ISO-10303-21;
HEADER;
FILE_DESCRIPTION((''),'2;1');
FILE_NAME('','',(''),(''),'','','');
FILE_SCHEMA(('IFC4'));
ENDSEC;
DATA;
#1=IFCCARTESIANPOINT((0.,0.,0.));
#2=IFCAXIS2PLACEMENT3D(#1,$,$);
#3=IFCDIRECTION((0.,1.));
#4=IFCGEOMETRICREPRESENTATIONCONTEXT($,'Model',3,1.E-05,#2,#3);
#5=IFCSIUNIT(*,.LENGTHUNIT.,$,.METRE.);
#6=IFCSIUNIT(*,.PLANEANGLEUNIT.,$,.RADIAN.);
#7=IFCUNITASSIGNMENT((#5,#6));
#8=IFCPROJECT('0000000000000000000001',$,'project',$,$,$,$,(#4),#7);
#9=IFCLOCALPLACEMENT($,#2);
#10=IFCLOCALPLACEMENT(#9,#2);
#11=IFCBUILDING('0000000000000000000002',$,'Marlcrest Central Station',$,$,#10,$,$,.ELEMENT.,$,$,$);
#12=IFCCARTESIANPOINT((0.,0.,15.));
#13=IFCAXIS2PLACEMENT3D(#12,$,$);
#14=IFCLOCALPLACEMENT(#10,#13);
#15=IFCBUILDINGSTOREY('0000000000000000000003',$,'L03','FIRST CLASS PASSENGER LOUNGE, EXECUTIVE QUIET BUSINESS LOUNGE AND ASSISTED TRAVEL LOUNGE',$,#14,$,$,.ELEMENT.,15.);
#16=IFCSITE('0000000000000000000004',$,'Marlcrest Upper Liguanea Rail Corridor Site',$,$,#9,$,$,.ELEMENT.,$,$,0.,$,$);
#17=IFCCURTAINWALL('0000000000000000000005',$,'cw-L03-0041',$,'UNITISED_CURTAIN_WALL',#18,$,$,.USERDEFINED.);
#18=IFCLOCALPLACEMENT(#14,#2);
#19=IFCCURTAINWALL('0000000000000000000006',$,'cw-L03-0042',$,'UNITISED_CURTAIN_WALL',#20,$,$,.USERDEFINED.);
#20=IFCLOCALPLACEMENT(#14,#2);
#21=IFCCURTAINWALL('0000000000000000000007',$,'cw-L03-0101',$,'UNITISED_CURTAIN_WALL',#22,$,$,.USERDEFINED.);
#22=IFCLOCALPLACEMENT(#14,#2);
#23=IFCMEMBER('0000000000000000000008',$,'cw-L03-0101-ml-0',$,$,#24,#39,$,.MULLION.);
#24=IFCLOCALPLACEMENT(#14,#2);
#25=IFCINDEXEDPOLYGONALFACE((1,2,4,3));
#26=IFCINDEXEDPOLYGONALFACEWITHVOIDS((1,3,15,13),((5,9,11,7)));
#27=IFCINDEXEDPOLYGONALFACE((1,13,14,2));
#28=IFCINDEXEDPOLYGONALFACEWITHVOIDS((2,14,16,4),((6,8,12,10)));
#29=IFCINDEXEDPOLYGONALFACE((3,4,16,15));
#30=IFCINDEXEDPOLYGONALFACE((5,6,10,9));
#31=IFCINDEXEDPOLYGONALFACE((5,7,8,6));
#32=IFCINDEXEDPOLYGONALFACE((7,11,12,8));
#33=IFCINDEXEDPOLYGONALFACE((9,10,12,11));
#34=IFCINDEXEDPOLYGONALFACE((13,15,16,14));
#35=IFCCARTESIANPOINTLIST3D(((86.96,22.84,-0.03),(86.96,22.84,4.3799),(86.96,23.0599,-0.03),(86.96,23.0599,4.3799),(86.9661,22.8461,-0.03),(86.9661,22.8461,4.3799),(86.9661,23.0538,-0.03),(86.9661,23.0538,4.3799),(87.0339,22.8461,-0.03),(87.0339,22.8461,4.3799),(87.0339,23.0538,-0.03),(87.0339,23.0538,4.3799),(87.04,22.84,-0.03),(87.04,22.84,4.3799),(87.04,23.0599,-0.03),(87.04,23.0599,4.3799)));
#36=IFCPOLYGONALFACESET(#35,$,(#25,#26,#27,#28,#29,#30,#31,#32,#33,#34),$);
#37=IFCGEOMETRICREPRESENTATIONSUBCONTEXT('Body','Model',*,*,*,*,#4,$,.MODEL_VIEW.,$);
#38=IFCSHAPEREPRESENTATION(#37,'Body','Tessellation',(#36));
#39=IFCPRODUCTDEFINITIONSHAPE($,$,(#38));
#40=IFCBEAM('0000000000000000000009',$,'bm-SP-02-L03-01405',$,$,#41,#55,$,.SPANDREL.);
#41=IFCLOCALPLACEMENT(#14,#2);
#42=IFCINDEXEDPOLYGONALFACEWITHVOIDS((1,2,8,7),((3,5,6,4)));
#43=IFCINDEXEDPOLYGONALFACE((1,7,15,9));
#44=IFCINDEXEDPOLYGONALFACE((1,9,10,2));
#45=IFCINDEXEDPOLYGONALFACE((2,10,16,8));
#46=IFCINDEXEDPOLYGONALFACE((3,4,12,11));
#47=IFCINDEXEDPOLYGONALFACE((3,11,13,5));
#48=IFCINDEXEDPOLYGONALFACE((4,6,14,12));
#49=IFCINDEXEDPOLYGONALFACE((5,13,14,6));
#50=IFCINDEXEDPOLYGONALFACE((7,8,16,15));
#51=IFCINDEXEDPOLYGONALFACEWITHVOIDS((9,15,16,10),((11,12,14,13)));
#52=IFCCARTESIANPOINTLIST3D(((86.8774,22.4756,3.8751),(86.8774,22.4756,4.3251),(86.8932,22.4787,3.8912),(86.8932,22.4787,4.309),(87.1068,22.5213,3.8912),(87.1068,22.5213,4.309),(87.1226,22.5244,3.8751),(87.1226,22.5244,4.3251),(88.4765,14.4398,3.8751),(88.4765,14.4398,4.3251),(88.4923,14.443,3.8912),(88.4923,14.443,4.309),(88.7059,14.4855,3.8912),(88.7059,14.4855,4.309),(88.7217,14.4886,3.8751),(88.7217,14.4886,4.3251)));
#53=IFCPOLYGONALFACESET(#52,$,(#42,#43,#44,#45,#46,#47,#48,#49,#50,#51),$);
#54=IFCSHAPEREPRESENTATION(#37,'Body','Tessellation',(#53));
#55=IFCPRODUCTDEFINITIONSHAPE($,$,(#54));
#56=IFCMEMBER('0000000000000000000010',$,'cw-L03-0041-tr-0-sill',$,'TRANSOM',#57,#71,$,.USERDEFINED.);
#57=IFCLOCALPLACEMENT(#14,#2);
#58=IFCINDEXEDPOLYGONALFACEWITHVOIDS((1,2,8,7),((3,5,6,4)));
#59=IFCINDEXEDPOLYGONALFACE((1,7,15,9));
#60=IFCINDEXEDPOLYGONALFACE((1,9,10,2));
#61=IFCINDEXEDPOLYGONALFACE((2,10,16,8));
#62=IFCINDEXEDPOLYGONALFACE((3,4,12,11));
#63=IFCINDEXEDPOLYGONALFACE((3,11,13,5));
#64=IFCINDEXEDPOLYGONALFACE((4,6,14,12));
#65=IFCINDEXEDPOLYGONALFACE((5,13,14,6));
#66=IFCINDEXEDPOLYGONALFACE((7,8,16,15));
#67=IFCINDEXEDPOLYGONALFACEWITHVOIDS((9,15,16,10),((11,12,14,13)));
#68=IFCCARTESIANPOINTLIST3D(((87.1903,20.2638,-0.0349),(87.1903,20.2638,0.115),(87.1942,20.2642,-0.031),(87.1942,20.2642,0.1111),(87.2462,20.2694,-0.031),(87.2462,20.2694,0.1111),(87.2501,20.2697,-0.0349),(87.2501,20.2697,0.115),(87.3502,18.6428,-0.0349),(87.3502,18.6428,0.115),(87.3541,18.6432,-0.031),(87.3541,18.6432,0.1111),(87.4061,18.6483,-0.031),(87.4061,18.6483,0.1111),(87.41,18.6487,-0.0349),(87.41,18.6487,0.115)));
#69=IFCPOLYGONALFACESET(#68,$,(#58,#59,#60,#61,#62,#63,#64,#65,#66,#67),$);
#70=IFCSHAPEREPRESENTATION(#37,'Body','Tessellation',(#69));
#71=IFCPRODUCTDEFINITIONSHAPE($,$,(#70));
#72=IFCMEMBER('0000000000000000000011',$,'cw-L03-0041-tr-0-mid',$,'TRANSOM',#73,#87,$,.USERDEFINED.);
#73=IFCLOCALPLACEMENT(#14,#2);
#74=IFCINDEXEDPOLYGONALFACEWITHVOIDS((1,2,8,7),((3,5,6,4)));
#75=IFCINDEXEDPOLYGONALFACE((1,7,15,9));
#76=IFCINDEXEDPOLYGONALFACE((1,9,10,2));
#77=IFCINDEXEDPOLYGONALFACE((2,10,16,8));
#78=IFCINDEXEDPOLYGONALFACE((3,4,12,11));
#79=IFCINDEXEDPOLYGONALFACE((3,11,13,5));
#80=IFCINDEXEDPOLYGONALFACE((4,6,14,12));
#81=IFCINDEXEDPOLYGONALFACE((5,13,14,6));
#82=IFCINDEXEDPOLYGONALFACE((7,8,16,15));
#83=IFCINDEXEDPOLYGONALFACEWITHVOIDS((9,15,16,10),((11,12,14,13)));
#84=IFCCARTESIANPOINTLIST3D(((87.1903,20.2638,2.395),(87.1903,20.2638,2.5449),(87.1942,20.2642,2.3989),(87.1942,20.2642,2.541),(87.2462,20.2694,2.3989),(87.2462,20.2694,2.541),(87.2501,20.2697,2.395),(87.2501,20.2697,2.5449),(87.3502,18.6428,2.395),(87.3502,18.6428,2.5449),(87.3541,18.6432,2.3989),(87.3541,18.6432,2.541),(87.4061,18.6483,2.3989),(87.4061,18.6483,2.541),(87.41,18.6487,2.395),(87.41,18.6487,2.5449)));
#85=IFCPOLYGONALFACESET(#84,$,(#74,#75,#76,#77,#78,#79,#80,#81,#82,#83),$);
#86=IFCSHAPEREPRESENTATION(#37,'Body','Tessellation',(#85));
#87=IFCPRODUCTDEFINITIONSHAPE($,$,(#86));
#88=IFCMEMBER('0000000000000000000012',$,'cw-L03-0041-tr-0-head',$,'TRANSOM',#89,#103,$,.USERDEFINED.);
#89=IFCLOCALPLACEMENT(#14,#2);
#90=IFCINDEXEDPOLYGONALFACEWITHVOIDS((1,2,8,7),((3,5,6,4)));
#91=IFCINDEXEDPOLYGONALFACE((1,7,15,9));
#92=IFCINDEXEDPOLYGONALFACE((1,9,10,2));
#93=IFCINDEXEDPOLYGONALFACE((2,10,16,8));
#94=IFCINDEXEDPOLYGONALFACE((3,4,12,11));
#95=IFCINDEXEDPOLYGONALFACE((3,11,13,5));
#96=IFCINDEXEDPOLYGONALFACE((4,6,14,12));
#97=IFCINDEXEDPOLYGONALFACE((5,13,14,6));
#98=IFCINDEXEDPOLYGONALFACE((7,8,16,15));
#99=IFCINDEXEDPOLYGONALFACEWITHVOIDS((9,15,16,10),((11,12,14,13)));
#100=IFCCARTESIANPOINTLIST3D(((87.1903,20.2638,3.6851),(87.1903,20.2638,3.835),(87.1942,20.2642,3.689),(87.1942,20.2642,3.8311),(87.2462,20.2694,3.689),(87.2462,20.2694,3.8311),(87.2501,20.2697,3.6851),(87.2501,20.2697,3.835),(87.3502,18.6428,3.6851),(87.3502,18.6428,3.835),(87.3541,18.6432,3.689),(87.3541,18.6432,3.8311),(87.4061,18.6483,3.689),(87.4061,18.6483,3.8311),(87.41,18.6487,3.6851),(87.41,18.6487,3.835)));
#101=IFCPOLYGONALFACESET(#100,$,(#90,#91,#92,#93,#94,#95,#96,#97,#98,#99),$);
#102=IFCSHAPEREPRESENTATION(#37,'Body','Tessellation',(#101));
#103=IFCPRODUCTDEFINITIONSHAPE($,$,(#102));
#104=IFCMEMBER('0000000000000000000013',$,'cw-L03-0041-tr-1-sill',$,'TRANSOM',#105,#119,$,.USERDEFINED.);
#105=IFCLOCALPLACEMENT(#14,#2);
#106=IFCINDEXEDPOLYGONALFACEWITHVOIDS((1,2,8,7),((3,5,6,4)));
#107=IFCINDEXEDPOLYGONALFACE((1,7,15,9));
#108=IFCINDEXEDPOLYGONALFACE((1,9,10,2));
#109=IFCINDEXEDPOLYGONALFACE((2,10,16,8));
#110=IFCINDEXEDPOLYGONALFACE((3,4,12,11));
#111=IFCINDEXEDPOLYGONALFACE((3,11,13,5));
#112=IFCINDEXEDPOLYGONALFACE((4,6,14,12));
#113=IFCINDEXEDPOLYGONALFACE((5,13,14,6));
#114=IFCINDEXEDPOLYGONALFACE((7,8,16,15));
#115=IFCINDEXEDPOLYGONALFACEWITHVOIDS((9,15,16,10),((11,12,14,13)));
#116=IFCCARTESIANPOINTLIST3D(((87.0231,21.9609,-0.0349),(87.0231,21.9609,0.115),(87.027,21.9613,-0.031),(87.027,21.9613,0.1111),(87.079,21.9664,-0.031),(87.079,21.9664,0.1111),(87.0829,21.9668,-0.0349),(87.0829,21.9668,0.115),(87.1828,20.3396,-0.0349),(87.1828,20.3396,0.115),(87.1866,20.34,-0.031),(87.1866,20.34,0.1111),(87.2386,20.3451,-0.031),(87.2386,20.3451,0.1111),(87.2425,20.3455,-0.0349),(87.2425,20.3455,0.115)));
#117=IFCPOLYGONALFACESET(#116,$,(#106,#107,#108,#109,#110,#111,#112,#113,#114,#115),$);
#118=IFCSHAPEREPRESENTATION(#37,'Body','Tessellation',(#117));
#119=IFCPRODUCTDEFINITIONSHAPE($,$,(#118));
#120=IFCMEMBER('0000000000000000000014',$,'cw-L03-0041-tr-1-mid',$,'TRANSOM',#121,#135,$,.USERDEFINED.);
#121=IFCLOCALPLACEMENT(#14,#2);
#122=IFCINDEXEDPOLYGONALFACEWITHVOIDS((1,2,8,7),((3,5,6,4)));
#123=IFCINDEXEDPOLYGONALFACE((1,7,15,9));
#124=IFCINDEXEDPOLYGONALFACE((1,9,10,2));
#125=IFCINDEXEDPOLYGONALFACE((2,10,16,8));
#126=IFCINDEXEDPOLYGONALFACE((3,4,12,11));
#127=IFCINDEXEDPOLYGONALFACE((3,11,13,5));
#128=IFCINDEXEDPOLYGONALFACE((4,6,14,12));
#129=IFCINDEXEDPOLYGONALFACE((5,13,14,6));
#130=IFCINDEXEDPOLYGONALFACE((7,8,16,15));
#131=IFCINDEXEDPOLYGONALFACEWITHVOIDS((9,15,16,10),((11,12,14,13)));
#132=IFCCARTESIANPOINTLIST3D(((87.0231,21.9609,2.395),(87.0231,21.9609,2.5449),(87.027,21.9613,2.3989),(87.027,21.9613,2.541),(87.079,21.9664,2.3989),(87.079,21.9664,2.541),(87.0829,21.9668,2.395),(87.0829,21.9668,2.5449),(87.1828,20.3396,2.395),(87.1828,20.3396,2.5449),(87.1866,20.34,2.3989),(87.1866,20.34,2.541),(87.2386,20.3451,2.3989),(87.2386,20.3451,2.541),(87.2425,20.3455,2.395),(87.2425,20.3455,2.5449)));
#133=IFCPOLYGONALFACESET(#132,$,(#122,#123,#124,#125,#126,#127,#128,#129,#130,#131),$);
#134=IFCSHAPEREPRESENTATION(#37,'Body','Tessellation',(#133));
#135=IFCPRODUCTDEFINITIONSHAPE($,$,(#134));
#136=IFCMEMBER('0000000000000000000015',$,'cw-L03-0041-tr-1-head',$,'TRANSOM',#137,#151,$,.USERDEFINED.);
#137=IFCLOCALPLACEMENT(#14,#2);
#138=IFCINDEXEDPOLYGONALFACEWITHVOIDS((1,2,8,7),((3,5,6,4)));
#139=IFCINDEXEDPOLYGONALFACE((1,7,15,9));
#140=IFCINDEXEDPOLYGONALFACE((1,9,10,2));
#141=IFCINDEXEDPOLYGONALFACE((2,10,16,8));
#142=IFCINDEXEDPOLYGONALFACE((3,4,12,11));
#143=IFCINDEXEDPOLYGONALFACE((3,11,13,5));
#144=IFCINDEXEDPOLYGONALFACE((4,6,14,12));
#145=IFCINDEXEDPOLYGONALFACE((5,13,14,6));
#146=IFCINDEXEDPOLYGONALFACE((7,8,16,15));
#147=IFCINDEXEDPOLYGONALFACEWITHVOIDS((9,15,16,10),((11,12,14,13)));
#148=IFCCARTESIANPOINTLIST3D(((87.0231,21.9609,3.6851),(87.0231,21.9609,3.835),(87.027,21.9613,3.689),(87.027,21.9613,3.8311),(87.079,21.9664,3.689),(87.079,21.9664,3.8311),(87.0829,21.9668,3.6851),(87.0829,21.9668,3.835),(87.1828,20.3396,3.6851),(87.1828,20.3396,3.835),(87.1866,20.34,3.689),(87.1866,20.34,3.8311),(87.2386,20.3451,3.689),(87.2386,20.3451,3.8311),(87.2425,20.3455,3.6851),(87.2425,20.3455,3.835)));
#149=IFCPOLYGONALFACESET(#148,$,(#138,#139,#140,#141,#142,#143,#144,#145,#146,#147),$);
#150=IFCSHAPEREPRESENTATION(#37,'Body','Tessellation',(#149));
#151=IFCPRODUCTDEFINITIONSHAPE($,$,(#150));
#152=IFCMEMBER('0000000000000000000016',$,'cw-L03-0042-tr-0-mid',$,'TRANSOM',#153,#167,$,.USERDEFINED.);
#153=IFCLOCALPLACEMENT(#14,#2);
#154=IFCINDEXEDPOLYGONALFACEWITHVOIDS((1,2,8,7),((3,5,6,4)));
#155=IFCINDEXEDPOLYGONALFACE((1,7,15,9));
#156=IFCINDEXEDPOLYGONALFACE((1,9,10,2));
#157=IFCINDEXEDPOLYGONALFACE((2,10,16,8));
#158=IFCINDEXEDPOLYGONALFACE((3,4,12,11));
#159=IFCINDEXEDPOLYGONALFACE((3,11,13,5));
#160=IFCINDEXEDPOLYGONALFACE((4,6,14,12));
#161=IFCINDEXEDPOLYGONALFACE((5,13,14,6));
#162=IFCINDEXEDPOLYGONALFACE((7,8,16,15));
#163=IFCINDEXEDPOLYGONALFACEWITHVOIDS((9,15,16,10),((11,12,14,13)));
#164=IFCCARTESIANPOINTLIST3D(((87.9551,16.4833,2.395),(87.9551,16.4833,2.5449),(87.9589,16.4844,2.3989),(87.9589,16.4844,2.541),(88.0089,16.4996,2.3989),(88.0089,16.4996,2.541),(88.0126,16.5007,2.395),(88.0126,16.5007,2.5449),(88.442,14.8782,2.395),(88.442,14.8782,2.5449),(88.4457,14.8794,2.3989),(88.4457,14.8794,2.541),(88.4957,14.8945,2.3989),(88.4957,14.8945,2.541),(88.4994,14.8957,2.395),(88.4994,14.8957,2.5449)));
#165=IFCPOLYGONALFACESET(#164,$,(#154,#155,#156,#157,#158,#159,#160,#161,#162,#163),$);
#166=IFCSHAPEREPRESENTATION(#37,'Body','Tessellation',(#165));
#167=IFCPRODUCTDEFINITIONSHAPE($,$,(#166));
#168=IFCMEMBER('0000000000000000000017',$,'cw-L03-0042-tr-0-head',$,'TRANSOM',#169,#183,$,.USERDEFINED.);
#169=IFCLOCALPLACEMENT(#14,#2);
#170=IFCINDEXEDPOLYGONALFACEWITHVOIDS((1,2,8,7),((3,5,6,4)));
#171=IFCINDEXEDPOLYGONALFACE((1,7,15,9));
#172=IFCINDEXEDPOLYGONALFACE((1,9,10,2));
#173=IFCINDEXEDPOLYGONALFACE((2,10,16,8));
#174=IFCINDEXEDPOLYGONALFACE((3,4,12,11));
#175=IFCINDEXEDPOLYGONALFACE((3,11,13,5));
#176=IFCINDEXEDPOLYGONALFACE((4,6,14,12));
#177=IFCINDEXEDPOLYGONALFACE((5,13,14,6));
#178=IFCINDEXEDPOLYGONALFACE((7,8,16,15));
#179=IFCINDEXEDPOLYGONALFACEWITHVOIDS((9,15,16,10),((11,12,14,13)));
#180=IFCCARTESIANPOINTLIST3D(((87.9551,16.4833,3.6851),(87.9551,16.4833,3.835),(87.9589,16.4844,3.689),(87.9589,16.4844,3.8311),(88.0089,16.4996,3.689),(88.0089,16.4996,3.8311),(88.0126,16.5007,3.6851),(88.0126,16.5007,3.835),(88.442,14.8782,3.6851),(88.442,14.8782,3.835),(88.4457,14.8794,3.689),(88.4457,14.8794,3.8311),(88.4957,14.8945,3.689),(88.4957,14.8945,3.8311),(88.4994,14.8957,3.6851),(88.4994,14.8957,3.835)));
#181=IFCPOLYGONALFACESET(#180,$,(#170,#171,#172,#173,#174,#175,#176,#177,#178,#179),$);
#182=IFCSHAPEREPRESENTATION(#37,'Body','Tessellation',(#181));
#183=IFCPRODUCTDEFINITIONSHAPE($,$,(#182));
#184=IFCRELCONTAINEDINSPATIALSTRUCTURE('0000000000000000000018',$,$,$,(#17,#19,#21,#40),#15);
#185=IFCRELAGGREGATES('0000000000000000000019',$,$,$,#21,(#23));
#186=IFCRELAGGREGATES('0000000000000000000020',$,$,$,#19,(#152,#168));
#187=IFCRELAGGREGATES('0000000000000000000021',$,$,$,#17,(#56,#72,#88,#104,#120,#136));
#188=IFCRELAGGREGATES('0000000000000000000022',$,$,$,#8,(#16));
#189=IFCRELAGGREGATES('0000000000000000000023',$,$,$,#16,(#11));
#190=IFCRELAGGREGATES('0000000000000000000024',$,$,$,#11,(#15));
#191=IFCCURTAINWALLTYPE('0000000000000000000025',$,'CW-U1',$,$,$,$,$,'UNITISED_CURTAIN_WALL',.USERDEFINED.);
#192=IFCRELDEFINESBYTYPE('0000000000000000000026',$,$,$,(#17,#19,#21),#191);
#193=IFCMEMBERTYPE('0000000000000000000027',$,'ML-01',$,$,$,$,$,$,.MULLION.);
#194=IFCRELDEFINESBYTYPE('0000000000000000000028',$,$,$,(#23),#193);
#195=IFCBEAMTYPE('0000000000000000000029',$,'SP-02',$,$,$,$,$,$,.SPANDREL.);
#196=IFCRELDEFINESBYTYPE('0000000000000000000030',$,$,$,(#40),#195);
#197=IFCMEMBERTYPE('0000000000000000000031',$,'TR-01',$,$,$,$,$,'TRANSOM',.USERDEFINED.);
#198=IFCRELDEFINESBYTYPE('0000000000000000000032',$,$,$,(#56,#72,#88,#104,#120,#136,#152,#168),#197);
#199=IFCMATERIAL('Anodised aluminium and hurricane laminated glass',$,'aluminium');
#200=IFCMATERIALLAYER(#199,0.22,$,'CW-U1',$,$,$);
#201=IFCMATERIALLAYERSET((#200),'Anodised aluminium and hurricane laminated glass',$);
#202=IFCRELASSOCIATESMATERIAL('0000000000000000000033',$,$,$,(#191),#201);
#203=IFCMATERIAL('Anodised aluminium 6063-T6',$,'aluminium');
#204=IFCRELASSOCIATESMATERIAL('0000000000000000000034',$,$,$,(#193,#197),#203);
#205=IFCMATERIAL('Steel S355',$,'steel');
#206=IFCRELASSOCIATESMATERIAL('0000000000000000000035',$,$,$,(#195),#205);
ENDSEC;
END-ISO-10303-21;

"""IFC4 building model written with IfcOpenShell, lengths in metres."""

from ifc_helpers import new_model, si_unit, direction, frame, origin, origin_2d, place, context, subcontext, project, spatial, hollow_rectangle, extrude, material, layer, layer_set, material_profile, profile_set, type_object, element, aggregate, save


model = new_model("IFC4")

# Units and contexts
model_context = context("Model", 3, precision=1e-05, world=origin(), true_north=direction((0.0, 1.0)))
body_context = subcontext(model_context, "Body", "Model", "MODEL_VIEW")
ifc_project = project(units=[si_unit("LENGTHUNIT", "METRE"), si_unit("PLANEANGLEUNIT", "RADIAN")], contexts=[model_context])

# Site, building, storey
site_placement = place(None, origin())
site = spatial("IfcSite", under=ifc_project, at=site_placement, Name="Marlcrest Upper Liguanea Rail Corridor Site", CompositionType="ELEMENT", RefElevation=0.0)
building_placement = place(site_placement, origin())
building = spatial("IfcBuilding", under=site, at=building_placement, Name="Marlcrest Central Station", CompositionType="ELEMENT")
storey_placement = place(building_placement, frame((0.0, 0.0, 15.0)))
storey = spatial("IfcBuildingStorey", under=building, at=storey_placement, Name="L03", Description="FIRST CLASS PASSENGER LOUNGE, EXECUTIVE QUIET BUSINESS LOUNGE AND ASSISTED TRAVEL LOUNGE", CompositionType="ELEMENT", Elevation=15.0)

# Shared definitions
ifc_material_1 = material(Name="Steel S355", Category="steel")

# Curtain walls
ifc_material_2 = material(Name="Anodised aluminium and hurricane laminated glass", Category="aluminium")
ifc_layer_1 = layer(ifc_material_2, 0.22, Name="CW-U1")
ifc_layer_set_1 = layer_set([ifc_layer_1], Name="Anodised aluminium and hurricane laminated glass")
curtain_wall_type = type_object("IfcCurtainWallType", Name="CW-U1", ElementType="UNITISED_CURTAIN_WALL", PredefinedType="USERDEFINED", material=ifc_layer_set_1)
curtain_wall_1_placement = place(storey_placement, origin())
curtain_wall_1 = element("IfcCurtainWall", 1, at=curtain_wall_1_placement, inside=storey, type_object=curtain_wall_type, Name="cw-L03-0041", ObjectType="UNITISED_CURTAIN_WALL", PredefinedType="USERDEFINED")
ifc_material_3 = material(Name="Anodised aluminium 6063-T6", Category="aluminium")
ifc_material_profile_1 = material_profile(ifc_material_3, hollow_rectangle(XDim=0.0801, YDim=0.22, WallThickness=0.0061, at=origin_2d()), Name="AA-RHS 220x80x6")
ifc_profile_set_1 = profile_set([ifc_material_profile_1], Name="Anodised aluminium 6063-T6")
member_type_1 = type_object("IfcMemberType", Name="ML-01", PredefinedType="MULLION", material=ifc_profile_set_1)
curtain_wall_2_placement = place(storey_placement, origin())
curtain_wall_2 = element("IfcCurtainWall", 2, at=curtain_wall_2_placement, inside=storey, type_object=curtain_wall_type, Name="cw-L03-0042", ObjectType="UNITISED_CURTAIN_WALL", PredefinedType="USERDEFINED")

# Curtain wall, member
curtain_wall_3_placement = place(storey_placement, origin())
curtain_wall_3 = element("IfcCurtainWall", 3, at=curtain_wall_3_placement, inside=storey, type_object=curtain_wall_type, Name="cw-L03-0101", ObjectType="UNITISED_CURTAIN_WALL", PredefinedType="USERDEFINED")
member_1_placement = place(storey_placement, frame((87.0, 22.95, -0.03), z_axis=(0.0, 0.0, 1.0), x_axis=(1.0, 0.0, 0.0)))
member_1 = element("IfcMember", 4, at=member_1_placement, type_object=member_type_1, Name="cw-L03-0101-ml-0", PredefinedType="MULLION", context=body_context, shape_type="SweptSolid", body=[
    extrude(hollow_rectangle(XDim=0.0801, YDim=0.22, WallThickness=0.0061, at=origin_2d()), origin(), (0.0, 0.0, 1.0), 4.4099),
])

# Beam
ifc_material_profile_2 = material_profile(ifc_material_1, hollow_rectangle(XDim=0.25, YDim=0.45, WallThickness=0.0161, at=origin_2d()), Name="RHS 450x250x16")
ifc_profile_set_2 = profile_set([ifc_material_profile_2], Name="Steel S355")
beam_type_1 = type_object("IfcBeamType", Name="SP-02", PredefinedType="SPANDREL", material=ifc_profile_set_2)
beam_1_placement = place(storey_placement, frame((87.0, 22.5, 4.1001), z_axis=(0.195171, -0.980769, 0.0), x_axis=(0.980769, 0.195171, 0.0)))
element("IfcBeam", 5, at=beam_1_placement, inside=storey, type_object=beam_type_1, Name="bm-SP-02-L03-01405", PredefinedType="SPANDREL", context=body_context, shape_type="SweptSolid", body=[
    extrude(hollow_rectangle(XDim=0.25, YDim=0.45, WallThickness=0.0161, at=origin_2d()), origin(), (0.0, 0.0, 1.0), 8.1934),
])

# Members
ifc_material_profile_3 = material_profile(ifc_material_3, hollow_rectangle(XDim=0.0601, YDim=0.1499, WallThickness=0.0039, at=origin_2d()), Name="AA-RHS 150x60x4")
ifc_profile_set_3 = profile_set([ifc_material_profile_3], Name="Anodised aluminium 6063-T6")
member_type_2 = type_object("IfcMemberType", Name="TR-01", ElementType="TRANSOM", PredefinedType="USERDEFINED", material=ifc_profile_set_3)
member_2_placement = place(storey_placement, frame((87.3801, 18.6458, 0.04), z_axis=(-0.098168, 0.99517, 0.0), x_axis=(-0.99517, -0.098168, 0.0)))
member_2 = element("IfcMember", 6, at=member_2_placement, type_object=member_type_2, Name="cw-L03-0041-tr-0-sill", ObjectType="TRANSOM", PredefinedType="USERDEFINED", context=body_context, shape_type="SweptSolid", body=[
    extrude(hollow_rectangle(XDim=0.0601, YDim=0.1499, WallThickness=0.0039, at=origin_2d()), origin(), (0.0, 0.0, 1.0), 1.6289),
])
member_3_placement = place(storey_placement, frame((87.3801, 18.6458, 2.47), z_axis=(-0.098168, 0.99517, 0.0), x_axis=(-0.99517, -0.098168, 0.0)))
member_3 = element("IfcMember", 7, at=member_3_placement, type_object=member_type_2, Name="cw-L03-0041-tr-0-mid", ObjectType="TRANSOM", PredefinedType="USERDEFINED", context=body_context, shape_type="SweptSolid", body=[
    extrude(hollow_rectangle(XDim=0.0601, YDim=0.1499, WallThickness=0.0039, at=origin_2d()), origin(), (0.0, 0.0, 1.0), 1.6289),
])
member_4_placement = place(storey_placement, frame((87.3801, 18.6458, 3.76), z_axis=(-0.098168, 0.99517, 0.0), x_axis=(-0.99517, -0.098168, 0.0)))
member_4 = element("IfcMember", 8, at=member_4_placement, type_object=member_type_2, Name="cw-L03-0041-tr-0-head", ObjectType="TRANSOM", PredefinedType="USERDEFINED", context=body_context, shape_type="SweptSolid", body=[
    extrude(hollow_rectangle(XDim=0.0601, YDim=0.1499, WallThickness=0.0039, at=origin_2d()), origin(), (0.0, 0.0, 1.0), 1.6289),
])
member_5_placement = place(storey_placement, frame((87.2126, 20.3425, 0.04), z_axis=(-0.098005, 0.995186, 0.0), x_axis=(-0.995186, -0.098005, 0.0)))
member_5 = element("IfcMember", 9, at=member_5_placement, type_object=member_type_2, Name="cw-L03-0041-tr-1-sill", ObjectType="TRANSOM", PredefinedType="USERDEFINED", context=body_context, shape_type="SweptSolid", body=[
    extrude(hollow_rectangle(XDim=0.0601, YDim=0.1499, WallThickness=0.0039, at=origin_2d()), origin(), (0.0, 0.0, 1.0), 1.6292),
])
member_6_placement = place(storey_placement, frame((87.2126, 20.3425, 2.47), z_axis=(-0.098005, 0.995186, 0.0), x_axis=(-0.995186, -0.098005, 0.0)))
member_6 = element("IfcMember", 10, at=member_6_placement, type_object=member_type_2, Name="cw-L03-0041-tr-1-mid", ObjectType="TRANSOM", PredefinedType="USERDEFINED", context=body_context, shape_type="SweptSolid", body=[
    extrude(hollow_rectangle(XDim=0.0601, YDim=0.1499, WallThickness=0.0039, at=origin_2d()), origin(), (0.0, 0.0, 1.0), 1.6292),
])
member_7_placement = place(storey_placement, frame((87.2126, 20.3425, 3.76), z_axis=(-0.098005, 0.995186, 0.0), x_axis=(-0.995186, -0.098005, 0.0)))
member_7 = element("IfcMember", 11, at=member_7_placement, type_object=member_type_2, Name="cw-L03-0041-tr-1-head", ObjectType="TRANSOM", PredefinedType="USERDEFINED", context=body_context, shape_type="SweptSolid", body=[
    extrude(hollow_rectangle(XDim=0.0601, YDim=0.1499, WallThickness=0.0039, at=origin_2d()), origin(), (0.0, 0.0, 1.0), 1.6292),
])
member_8_placement = place(storey_placement, frame((88.4707, 14.887, 2.47), z_axis=(-0.290258, 0.956948, 0.0), x_axis=(-0.956948, -0.290258, 0.0)))
member_8 = element("IfcMember", 12, at=member_8_placement, type_object=member_type_2, Name="cw-L03-0042-tr-0-mid", ObjectType="TRANSOM", PredefinedType="USERDEFINED", context=body_context, shape_type="SweptSolid", body=[
    extrude(hollow_rectangle(XDim=0.0601, YDim=0.1499, WallThickness=0.0039, at=origin_2d()), origin(), (0.0, 0.0, 1.0), 1.6772),
])
member_9_placement = place(storey_placement, frame((88.4707, 14.887, 3.76), z_axis=(-0.290258, 0.956948, 0.0), x_axis=(-0.956948, -0.290258, 0.0)))
member_9 = element("IfcMember", 13, at=member_9_placement, type_object=member_type_2, Name="cw-L03-0042-tr-0-head", ObjectType="TRANSOM", PredefinedType="USERDEFINED", context=body_context, shape_type="SweptSolid", body=[
    extrude(hollow_rectangle(XDim=0.0601, YDim=0.1499, WallThickness=0.0039, at=origin_2d()), origin(), (0.0, 0.0, 1.0), 1.6772),
])
aggregate(curtain_wall_3, [member_1])

aggregate(curtain_wall_2, [member_8, member_9])
aggregate(curtain_wall_1, [member_2, member_3, member_4, member_5, member_6, member_7])

save(model, "model.ifc")
